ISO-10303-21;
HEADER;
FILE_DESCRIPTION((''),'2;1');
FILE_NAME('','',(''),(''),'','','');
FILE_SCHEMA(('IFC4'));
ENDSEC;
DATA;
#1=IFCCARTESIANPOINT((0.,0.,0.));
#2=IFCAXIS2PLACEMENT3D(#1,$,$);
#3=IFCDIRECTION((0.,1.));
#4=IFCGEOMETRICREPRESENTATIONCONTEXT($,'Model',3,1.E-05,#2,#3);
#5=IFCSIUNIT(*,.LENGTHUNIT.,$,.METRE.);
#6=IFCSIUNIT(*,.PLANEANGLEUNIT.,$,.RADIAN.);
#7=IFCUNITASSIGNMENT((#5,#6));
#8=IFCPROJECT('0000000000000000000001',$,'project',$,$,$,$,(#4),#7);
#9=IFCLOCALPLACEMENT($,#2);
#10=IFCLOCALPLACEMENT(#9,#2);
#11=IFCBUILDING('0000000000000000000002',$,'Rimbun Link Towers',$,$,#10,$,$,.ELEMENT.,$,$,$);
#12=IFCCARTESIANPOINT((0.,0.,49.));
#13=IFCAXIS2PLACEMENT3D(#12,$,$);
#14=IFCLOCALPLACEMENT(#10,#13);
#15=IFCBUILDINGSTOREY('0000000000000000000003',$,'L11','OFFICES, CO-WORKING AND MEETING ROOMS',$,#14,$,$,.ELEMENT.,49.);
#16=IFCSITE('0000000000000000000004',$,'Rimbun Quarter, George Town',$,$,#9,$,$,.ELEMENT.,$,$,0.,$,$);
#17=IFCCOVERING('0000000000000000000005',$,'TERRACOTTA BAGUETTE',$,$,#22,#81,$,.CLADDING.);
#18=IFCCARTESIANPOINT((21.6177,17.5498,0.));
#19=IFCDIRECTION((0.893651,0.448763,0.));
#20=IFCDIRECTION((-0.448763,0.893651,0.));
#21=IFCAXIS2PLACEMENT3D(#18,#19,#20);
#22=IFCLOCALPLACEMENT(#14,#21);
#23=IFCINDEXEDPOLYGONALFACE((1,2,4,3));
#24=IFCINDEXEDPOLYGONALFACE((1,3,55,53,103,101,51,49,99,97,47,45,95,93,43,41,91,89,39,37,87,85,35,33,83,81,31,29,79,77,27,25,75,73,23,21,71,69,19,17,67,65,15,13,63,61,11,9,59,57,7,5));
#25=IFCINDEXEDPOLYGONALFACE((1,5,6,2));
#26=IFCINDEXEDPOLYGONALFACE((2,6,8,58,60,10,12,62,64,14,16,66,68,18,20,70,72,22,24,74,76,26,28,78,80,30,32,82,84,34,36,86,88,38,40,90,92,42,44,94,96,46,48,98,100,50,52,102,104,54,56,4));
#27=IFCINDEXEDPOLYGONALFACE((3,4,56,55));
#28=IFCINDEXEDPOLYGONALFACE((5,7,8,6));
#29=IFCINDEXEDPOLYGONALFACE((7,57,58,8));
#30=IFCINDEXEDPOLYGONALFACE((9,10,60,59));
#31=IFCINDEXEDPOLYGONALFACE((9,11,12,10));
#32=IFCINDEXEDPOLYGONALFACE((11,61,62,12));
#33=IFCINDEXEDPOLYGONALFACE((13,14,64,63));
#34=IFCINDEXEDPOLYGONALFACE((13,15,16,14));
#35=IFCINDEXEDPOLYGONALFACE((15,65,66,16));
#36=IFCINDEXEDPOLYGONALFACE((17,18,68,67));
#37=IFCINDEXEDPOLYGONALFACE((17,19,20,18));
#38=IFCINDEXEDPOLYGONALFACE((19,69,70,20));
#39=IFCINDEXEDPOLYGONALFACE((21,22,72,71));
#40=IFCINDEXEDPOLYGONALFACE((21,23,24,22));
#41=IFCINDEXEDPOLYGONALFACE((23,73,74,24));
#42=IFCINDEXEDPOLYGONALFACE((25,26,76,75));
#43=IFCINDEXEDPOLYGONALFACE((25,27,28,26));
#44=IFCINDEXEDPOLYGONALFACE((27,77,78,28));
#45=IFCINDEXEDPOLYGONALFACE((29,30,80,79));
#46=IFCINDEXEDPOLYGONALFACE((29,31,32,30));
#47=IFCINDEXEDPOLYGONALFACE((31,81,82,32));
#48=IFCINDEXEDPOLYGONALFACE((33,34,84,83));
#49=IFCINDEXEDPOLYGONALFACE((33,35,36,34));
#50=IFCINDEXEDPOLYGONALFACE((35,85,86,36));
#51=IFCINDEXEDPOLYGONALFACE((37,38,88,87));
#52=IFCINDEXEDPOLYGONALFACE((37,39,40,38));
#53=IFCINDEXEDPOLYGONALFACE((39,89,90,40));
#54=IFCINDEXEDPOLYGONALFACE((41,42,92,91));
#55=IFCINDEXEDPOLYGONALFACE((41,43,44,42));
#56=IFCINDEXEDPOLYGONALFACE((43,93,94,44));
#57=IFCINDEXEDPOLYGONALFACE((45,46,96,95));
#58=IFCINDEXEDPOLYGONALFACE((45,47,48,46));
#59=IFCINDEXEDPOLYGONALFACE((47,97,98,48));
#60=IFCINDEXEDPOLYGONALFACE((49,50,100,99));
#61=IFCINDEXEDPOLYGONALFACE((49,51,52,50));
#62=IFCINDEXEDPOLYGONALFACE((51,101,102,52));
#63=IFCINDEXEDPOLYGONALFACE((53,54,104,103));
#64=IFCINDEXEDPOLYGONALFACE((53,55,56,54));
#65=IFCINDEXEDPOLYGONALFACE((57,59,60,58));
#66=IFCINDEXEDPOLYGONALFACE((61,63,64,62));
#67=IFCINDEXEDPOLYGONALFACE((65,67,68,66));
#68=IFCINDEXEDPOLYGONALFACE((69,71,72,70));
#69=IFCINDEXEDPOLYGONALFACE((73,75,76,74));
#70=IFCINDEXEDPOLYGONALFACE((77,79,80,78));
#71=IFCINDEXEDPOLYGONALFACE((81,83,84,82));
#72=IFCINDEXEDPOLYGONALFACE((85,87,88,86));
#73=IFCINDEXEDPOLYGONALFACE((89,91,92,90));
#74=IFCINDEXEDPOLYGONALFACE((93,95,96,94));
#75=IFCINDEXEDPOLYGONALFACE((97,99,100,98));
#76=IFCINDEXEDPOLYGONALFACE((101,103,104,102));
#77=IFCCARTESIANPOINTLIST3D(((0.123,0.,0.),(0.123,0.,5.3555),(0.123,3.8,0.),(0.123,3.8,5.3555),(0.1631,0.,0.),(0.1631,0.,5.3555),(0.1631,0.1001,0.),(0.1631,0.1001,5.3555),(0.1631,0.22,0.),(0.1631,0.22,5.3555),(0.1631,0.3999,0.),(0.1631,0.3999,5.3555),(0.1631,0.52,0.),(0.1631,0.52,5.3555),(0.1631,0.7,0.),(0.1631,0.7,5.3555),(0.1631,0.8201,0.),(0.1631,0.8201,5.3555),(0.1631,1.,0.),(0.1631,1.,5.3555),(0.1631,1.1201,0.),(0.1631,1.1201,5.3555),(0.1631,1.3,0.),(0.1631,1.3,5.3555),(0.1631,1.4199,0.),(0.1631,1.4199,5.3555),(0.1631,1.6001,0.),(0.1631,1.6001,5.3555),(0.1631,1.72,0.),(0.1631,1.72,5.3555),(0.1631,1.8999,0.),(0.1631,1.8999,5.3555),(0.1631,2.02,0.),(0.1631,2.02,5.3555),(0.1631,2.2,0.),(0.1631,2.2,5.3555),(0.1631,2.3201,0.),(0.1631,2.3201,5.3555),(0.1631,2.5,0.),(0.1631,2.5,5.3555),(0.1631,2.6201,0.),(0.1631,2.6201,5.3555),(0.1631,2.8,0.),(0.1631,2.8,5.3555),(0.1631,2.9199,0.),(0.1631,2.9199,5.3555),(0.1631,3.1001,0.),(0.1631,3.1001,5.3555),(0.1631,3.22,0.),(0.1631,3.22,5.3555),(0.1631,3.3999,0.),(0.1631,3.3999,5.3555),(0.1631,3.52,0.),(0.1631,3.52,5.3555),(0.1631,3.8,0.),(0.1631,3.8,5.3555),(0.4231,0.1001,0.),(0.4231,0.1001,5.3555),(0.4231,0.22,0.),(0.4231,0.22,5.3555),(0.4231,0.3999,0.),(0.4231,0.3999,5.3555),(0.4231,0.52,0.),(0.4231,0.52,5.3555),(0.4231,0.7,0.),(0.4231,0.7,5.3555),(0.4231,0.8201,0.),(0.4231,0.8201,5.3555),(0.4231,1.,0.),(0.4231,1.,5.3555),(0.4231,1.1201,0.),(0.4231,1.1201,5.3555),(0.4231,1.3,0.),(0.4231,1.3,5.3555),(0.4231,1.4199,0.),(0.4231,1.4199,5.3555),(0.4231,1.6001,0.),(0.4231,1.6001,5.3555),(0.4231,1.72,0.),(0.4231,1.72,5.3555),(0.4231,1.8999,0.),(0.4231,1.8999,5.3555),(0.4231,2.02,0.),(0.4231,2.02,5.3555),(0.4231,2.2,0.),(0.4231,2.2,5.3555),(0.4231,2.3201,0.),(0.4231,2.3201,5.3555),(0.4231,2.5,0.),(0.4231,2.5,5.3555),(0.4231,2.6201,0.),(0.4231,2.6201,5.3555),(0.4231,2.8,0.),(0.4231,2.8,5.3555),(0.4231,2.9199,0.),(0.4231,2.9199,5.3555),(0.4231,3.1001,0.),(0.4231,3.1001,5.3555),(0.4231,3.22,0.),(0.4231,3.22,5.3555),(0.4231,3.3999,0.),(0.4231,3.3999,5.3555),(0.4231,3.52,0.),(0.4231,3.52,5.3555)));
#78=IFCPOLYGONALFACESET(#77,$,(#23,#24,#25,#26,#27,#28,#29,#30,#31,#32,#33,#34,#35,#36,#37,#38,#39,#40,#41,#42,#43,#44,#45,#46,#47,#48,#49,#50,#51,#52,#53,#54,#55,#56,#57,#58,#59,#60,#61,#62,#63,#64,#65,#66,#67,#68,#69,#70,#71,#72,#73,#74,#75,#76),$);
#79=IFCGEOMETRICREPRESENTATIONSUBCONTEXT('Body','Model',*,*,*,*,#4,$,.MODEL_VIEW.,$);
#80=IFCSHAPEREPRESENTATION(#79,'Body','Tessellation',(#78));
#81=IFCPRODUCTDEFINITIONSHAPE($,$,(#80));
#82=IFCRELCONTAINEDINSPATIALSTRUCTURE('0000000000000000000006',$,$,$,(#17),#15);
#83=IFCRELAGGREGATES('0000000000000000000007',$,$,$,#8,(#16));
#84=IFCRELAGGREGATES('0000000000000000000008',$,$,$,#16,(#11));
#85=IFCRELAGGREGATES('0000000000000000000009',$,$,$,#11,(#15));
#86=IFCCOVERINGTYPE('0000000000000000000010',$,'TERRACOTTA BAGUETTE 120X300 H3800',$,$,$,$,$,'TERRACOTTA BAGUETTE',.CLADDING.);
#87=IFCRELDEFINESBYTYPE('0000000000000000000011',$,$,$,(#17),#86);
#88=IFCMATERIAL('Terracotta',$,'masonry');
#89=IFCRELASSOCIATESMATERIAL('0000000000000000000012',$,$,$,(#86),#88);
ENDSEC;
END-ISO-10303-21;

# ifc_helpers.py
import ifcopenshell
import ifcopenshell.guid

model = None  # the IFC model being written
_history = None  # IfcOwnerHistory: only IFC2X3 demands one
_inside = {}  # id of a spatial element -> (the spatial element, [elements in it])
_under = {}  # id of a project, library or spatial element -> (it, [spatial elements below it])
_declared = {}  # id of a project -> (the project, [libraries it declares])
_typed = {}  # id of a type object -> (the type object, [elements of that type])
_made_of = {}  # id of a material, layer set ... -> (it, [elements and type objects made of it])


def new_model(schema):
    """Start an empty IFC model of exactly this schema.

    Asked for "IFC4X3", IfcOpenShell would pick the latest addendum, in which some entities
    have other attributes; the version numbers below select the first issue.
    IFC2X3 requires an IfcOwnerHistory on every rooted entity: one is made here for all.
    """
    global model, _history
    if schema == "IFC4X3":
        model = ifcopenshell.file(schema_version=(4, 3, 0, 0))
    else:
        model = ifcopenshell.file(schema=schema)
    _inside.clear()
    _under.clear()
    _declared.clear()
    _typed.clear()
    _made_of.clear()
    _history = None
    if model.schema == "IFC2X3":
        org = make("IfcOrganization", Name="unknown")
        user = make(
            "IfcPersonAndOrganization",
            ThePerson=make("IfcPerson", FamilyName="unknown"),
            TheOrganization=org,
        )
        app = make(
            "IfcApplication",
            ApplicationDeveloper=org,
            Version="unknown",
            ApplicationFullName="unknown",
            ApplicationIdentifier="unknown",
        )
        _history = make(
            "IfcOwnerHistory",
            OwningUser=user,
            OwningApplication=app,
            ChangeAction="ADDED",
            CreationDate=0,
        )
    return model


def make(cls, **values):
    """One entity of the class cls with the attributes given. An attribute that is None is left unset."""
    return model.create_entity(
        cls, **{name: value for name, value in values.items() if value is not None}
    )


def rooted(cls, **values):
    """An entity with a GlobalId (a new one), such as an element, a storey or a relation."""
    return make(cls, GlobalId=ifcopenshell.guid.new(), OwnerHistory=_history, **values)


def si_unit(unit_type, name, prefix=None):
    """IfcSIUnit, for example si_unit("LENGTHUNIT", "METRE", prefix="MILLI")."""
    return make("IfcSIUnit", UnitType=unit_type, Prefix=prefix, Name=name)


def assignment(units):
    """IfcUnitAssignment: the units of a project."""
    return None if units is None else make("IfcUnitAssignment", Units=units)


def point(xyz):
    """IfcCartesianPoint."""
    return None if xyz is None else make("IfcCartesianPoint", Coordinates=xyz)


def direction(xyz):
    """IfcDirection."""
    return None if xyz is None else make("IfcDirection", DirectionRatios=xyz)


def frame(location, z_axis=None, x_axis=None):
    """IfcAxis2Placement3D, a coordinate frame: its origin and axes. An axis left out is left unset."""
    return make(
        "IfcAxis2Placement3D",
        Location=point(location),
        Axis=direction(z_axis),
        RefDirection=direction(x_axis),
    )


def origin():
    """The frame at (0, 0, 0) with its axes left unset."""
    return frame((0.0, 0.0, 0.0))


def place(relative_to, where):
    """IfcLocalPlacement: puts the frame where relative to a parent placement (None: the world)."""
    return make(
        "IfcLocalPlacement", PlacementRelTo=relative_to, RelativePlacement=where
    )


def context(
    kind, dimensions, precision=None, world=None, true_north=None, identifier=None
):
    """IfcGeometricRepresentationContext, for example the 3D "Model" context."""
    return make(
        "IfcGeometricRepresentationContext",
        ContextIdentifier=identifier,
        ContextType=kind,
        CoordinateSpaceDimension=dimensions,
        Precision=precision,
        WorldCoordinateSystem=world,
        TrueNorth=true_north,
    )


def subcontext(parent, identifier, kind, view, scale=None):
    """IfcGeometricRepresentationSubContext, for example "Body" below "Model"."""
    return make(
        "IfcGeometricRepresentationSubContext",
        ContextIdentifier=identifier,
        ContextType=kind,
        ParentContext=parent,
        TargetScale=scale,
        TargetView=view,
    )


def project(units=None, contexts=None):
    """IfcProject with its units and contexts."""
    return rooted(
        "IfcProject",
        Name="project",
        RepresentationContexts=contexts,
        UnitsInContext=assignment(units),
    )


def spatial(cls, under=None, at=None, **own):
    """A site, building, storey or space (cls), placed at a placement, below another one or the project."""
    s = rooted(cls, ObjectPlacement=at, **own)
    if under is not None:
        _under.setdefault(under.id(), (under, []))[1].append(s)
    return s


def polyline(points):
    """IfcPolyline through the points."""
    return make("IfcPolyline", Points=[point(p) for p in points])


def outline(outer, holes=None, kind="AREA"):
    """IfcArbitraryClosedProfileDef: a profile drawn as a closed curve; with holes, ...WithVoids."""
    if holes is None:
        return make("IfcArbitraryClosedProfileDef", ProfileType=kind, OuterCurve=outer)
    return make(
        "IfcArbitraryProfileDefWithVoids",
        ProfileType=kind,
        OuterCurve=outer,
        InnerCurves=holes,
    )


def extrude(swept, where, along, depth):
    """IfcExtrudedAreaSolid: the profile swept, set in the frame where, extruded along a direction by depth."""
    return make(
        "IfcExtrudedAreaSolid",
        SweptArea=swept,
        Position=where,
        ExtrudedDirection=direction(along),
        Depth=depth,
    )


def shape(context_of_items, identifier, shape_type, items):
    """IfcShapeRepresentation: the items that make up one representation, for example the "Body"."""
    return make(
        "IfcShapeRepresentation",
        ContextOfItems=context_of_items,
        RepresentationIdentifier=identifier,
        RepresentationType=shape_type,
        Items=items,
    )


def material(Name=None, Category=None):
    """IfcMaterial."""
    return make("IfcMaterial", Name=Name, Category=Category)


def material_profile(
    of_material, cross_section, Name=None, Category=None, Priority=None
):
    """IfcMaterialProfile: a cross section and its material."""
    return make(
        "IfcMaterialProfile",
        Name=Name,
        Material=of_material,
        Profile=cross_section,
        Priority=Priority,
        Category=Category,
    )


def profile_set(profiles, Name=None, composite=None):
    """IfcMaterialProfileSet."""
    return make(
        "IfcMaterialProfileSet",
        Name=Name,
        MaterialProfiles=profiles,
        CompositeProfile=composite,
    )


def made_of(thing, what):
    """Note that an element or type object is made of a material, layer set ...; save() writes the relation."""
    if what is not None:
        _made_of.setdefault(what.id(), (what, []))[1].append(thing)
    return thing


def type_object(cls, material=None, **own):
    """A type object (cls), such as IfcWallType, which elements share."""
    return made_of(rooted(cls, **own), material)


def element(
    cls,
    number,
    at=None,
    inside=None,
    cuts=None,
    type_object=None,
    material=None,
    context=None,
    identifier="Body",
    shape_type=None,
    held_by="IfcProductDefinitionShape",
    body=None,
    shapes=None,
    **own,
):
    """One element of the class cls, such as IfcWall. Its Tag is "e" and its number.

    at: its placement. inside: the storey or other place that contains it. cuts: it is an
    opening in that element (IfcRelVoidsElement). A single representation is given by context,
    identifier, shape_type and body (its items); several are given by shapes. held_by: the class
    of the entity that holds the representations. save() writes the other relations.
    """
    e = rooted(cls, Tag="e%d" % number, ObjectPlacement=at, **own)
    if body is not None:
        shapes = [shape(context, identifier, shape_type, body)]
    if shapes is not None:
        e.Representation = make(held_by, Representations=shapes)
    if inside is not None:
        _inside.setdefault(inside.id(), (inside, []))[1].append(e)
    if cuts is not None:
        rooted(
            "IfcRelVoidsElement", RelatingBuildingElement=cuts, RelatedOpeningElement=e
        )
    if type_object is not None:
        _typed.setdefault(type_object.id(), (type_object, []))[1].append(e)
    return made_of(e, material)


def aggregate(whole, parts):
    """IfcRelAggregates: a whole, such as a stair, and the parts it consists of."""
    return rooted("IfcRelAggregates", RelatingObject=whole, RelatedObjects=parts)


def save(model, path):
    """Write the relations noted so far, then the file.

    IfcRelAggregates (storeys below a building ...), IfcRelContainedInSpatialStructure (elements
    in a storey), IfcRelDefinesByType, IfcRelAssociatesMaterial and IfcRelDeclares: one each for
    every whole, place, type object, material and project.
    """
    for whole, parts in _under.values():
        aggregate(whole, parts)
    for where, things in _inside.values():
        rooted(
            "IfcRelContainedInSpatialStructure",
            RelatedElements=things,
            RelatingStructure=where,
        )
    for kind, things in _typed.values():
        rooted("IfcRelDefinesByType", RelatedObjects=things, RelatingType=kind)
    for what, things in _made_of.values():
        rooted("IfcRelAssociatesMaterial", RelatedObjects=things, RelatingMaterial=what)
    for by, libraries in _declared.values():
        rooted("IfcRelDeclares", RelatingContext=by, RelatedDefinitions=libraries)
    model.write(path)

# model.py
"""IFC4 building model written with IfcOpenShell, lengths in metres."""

from ifc_helpers import new_model, si_unit, direction, frame, origin, place, context, subcontext, project, spatial, polyline, outline, extrude, material, material_profile, profile_set, type_object, element, save


model = new_model("IFC4")

# Units and contexts
model_context = context("Model", 3, precision=1e-05, world=origin(), true_north=direction((0.0, 1.0)))
body_context = subcontext(model_context, "Body", "Model", "MODEL_VIEW")
ifc_project = project(units=[si_unit("LENGTHUNIT", "METRE"), si_unit("PLANEANGLEUNIT", "RADIAN")], contexts=[model_context])

# Site, building, storey
site_placement = place(None, origin())
site = spatial("IfcSite", under=ifc_project, at=site_placement, Name="Rimbun Quarter, George Town", CompositionType="ELEMENT", RefElevation=0.0)
building_placement = place(site_placement, origin())
building = spatial("IfcBuilding", under=site, at=building_placement, Name="Rimbun Link Towers", CompositionType="ELEMENT")
storey_placement = place(building_placement, frame((0.0, 0.0, 49.0)))
storey = spatial("IfcBuildingStorey", under=building, at=storey_placement, Name="L11", Description="OFFICES, CO-WORKING AND MEETING ROOMS", CompositionType="ELEMENT", Elevation=49.0)

# Covering
ifc_material_1 = material(Name="Terracotta", Category="masonry")
ifc_material_profile_1 = material_profile(ifc_material_1, outline(polyline([(0.123, 0.0), (0.1631, 0.0), (0.1631, 0.1001), (0.4231, 0.1001), (0.4231, 0.22), (0.1631, 0.22), (0.1631, 0.3999), (0.4231, 0.3999), (0.4231, 0.52), (0.1631, 0.52), (0.1631, 0.7), (0.4231, 0.7), (0.4231, 0.8201), (0.1631, 0.8201), (0.1631, 1.0), (0.4231, 1.0), (0.4231, 1.1201), (0.1631, 1.1201), (0.1631, 1.3), (0.4231, 1.3), (0.4231, 1.4199), (0.1631, 1.4199), (0.1631, 1.6001), (0.4231, 1.6001), (0.4231, 1.72), (0.1631, 1.72), (0.1631, 1.8999), (0.4231, 1.8999), (0.4231, 2.02), (0.1631, 2.02), (0.1631, 2.2), (0.4231, 2.2), (0.4231, 2.3201), (0.1631, 2.3201), (0.1631, 2.5), (0.4231, 2.5), (0.4231, 2.6201), (0.1631, 2.6201), (0.1631, 2.8), (0.4231, 2.8), (0.4231, 2.9199), (0.1631, 2.9199), (0.1631, 3.1001), (0.4231, 3.1001), (0.4231, 3.22), (0.1631, 3.22), (0.1631, 3.3999), (0.4231, 3.3999), (0.4231, 3.52), (0.1631, 3.52), (0.1631, 3.8), (0.123, 3.8), (0.123, 0.0)])), Name="BAGUETTE 120X300")
ifc_profile_set_1 = profile_set([ifc_material_profile_1], Name="Terracotta")
covering_type = type_object("IfcCoveringType", Name="TERRACOTTA BAGUETTE 120X300 H3800", ElementType="TERRACOTTA BAGUETTE", PredefinedType="CLADDING", material=ifc_profile_set_1)
covering_1_placement = place(storey_placement, frame((21.6177, 17.5498, 0.0), z_axis=(0.893651, 0.448763, 0.0), x_axis=(-0.448763, 0.893651, 0.0)))
element("IfcCovering", 1, at=covering_1_placement, inside=storey, type_object=covering_type, Name="TERRACOTTA BAGUETTE", PredefinedType="CLADDING", context=body_context, shape_type="SweptSolid", body=[
    extrude(outline(polyline([(0.123, 0.0), (0.1631, 0.0), (0.1631, 0.1001), (0.4231, 0.1001), (0.4231, 0.22), (0.1631, 0.22), (0.1631, 0.3999), (0.4231, 0.3999), (0.4231, 0.52), (0.1631, 0.52), (0.1631, 0.7), (0.4231, 0.7), (0.4231, 0.8201), (0.1631, 0.8201), (0.1631, 1.0), (0.4231, 1.0), (0.4231, 1.1201), (0.1631, 1.1201), (0.1631, 1.3), (0.4231, 1.3), (0.4231, 1.4199), (0.1631, 1.4199), (0.1631, 1.6001), (0.4231, 1.6001), (0.4231, 1.72), (0.1631, 1.72), (0.1631, 1.8999), (0.4231, 1.8999), (0.4231, 2.02), (0.1631, 2.02), (0.1631, 2.2), (0.4231, 2.2), (0.4231, 2.3201), (0.1631, 2.3201), (0.1631, 2.5), (0.4231, 2.5), (0.4231, 2.6201), (0.1631, 2.6201), (0.1631, 2.8), (0.4231, 2.8), (0.4231, 2.9199), (0.1631, 2.9199), (0.1631, 3.1001), (0.4231, 3.1001), (0.4231, 3.22), (0.1631, 3.22), (0.1631, 3.3999), (0.4231, 3.3999), (0.4231, 3.52), (0.1631, 3.52), (0.1631, 3.8), (0.123, 3.8), (0.123, 0.0)])), origin(), (0.0, 0.0, 1.0), 5.3555),
])

save(model, "model.ifc")
